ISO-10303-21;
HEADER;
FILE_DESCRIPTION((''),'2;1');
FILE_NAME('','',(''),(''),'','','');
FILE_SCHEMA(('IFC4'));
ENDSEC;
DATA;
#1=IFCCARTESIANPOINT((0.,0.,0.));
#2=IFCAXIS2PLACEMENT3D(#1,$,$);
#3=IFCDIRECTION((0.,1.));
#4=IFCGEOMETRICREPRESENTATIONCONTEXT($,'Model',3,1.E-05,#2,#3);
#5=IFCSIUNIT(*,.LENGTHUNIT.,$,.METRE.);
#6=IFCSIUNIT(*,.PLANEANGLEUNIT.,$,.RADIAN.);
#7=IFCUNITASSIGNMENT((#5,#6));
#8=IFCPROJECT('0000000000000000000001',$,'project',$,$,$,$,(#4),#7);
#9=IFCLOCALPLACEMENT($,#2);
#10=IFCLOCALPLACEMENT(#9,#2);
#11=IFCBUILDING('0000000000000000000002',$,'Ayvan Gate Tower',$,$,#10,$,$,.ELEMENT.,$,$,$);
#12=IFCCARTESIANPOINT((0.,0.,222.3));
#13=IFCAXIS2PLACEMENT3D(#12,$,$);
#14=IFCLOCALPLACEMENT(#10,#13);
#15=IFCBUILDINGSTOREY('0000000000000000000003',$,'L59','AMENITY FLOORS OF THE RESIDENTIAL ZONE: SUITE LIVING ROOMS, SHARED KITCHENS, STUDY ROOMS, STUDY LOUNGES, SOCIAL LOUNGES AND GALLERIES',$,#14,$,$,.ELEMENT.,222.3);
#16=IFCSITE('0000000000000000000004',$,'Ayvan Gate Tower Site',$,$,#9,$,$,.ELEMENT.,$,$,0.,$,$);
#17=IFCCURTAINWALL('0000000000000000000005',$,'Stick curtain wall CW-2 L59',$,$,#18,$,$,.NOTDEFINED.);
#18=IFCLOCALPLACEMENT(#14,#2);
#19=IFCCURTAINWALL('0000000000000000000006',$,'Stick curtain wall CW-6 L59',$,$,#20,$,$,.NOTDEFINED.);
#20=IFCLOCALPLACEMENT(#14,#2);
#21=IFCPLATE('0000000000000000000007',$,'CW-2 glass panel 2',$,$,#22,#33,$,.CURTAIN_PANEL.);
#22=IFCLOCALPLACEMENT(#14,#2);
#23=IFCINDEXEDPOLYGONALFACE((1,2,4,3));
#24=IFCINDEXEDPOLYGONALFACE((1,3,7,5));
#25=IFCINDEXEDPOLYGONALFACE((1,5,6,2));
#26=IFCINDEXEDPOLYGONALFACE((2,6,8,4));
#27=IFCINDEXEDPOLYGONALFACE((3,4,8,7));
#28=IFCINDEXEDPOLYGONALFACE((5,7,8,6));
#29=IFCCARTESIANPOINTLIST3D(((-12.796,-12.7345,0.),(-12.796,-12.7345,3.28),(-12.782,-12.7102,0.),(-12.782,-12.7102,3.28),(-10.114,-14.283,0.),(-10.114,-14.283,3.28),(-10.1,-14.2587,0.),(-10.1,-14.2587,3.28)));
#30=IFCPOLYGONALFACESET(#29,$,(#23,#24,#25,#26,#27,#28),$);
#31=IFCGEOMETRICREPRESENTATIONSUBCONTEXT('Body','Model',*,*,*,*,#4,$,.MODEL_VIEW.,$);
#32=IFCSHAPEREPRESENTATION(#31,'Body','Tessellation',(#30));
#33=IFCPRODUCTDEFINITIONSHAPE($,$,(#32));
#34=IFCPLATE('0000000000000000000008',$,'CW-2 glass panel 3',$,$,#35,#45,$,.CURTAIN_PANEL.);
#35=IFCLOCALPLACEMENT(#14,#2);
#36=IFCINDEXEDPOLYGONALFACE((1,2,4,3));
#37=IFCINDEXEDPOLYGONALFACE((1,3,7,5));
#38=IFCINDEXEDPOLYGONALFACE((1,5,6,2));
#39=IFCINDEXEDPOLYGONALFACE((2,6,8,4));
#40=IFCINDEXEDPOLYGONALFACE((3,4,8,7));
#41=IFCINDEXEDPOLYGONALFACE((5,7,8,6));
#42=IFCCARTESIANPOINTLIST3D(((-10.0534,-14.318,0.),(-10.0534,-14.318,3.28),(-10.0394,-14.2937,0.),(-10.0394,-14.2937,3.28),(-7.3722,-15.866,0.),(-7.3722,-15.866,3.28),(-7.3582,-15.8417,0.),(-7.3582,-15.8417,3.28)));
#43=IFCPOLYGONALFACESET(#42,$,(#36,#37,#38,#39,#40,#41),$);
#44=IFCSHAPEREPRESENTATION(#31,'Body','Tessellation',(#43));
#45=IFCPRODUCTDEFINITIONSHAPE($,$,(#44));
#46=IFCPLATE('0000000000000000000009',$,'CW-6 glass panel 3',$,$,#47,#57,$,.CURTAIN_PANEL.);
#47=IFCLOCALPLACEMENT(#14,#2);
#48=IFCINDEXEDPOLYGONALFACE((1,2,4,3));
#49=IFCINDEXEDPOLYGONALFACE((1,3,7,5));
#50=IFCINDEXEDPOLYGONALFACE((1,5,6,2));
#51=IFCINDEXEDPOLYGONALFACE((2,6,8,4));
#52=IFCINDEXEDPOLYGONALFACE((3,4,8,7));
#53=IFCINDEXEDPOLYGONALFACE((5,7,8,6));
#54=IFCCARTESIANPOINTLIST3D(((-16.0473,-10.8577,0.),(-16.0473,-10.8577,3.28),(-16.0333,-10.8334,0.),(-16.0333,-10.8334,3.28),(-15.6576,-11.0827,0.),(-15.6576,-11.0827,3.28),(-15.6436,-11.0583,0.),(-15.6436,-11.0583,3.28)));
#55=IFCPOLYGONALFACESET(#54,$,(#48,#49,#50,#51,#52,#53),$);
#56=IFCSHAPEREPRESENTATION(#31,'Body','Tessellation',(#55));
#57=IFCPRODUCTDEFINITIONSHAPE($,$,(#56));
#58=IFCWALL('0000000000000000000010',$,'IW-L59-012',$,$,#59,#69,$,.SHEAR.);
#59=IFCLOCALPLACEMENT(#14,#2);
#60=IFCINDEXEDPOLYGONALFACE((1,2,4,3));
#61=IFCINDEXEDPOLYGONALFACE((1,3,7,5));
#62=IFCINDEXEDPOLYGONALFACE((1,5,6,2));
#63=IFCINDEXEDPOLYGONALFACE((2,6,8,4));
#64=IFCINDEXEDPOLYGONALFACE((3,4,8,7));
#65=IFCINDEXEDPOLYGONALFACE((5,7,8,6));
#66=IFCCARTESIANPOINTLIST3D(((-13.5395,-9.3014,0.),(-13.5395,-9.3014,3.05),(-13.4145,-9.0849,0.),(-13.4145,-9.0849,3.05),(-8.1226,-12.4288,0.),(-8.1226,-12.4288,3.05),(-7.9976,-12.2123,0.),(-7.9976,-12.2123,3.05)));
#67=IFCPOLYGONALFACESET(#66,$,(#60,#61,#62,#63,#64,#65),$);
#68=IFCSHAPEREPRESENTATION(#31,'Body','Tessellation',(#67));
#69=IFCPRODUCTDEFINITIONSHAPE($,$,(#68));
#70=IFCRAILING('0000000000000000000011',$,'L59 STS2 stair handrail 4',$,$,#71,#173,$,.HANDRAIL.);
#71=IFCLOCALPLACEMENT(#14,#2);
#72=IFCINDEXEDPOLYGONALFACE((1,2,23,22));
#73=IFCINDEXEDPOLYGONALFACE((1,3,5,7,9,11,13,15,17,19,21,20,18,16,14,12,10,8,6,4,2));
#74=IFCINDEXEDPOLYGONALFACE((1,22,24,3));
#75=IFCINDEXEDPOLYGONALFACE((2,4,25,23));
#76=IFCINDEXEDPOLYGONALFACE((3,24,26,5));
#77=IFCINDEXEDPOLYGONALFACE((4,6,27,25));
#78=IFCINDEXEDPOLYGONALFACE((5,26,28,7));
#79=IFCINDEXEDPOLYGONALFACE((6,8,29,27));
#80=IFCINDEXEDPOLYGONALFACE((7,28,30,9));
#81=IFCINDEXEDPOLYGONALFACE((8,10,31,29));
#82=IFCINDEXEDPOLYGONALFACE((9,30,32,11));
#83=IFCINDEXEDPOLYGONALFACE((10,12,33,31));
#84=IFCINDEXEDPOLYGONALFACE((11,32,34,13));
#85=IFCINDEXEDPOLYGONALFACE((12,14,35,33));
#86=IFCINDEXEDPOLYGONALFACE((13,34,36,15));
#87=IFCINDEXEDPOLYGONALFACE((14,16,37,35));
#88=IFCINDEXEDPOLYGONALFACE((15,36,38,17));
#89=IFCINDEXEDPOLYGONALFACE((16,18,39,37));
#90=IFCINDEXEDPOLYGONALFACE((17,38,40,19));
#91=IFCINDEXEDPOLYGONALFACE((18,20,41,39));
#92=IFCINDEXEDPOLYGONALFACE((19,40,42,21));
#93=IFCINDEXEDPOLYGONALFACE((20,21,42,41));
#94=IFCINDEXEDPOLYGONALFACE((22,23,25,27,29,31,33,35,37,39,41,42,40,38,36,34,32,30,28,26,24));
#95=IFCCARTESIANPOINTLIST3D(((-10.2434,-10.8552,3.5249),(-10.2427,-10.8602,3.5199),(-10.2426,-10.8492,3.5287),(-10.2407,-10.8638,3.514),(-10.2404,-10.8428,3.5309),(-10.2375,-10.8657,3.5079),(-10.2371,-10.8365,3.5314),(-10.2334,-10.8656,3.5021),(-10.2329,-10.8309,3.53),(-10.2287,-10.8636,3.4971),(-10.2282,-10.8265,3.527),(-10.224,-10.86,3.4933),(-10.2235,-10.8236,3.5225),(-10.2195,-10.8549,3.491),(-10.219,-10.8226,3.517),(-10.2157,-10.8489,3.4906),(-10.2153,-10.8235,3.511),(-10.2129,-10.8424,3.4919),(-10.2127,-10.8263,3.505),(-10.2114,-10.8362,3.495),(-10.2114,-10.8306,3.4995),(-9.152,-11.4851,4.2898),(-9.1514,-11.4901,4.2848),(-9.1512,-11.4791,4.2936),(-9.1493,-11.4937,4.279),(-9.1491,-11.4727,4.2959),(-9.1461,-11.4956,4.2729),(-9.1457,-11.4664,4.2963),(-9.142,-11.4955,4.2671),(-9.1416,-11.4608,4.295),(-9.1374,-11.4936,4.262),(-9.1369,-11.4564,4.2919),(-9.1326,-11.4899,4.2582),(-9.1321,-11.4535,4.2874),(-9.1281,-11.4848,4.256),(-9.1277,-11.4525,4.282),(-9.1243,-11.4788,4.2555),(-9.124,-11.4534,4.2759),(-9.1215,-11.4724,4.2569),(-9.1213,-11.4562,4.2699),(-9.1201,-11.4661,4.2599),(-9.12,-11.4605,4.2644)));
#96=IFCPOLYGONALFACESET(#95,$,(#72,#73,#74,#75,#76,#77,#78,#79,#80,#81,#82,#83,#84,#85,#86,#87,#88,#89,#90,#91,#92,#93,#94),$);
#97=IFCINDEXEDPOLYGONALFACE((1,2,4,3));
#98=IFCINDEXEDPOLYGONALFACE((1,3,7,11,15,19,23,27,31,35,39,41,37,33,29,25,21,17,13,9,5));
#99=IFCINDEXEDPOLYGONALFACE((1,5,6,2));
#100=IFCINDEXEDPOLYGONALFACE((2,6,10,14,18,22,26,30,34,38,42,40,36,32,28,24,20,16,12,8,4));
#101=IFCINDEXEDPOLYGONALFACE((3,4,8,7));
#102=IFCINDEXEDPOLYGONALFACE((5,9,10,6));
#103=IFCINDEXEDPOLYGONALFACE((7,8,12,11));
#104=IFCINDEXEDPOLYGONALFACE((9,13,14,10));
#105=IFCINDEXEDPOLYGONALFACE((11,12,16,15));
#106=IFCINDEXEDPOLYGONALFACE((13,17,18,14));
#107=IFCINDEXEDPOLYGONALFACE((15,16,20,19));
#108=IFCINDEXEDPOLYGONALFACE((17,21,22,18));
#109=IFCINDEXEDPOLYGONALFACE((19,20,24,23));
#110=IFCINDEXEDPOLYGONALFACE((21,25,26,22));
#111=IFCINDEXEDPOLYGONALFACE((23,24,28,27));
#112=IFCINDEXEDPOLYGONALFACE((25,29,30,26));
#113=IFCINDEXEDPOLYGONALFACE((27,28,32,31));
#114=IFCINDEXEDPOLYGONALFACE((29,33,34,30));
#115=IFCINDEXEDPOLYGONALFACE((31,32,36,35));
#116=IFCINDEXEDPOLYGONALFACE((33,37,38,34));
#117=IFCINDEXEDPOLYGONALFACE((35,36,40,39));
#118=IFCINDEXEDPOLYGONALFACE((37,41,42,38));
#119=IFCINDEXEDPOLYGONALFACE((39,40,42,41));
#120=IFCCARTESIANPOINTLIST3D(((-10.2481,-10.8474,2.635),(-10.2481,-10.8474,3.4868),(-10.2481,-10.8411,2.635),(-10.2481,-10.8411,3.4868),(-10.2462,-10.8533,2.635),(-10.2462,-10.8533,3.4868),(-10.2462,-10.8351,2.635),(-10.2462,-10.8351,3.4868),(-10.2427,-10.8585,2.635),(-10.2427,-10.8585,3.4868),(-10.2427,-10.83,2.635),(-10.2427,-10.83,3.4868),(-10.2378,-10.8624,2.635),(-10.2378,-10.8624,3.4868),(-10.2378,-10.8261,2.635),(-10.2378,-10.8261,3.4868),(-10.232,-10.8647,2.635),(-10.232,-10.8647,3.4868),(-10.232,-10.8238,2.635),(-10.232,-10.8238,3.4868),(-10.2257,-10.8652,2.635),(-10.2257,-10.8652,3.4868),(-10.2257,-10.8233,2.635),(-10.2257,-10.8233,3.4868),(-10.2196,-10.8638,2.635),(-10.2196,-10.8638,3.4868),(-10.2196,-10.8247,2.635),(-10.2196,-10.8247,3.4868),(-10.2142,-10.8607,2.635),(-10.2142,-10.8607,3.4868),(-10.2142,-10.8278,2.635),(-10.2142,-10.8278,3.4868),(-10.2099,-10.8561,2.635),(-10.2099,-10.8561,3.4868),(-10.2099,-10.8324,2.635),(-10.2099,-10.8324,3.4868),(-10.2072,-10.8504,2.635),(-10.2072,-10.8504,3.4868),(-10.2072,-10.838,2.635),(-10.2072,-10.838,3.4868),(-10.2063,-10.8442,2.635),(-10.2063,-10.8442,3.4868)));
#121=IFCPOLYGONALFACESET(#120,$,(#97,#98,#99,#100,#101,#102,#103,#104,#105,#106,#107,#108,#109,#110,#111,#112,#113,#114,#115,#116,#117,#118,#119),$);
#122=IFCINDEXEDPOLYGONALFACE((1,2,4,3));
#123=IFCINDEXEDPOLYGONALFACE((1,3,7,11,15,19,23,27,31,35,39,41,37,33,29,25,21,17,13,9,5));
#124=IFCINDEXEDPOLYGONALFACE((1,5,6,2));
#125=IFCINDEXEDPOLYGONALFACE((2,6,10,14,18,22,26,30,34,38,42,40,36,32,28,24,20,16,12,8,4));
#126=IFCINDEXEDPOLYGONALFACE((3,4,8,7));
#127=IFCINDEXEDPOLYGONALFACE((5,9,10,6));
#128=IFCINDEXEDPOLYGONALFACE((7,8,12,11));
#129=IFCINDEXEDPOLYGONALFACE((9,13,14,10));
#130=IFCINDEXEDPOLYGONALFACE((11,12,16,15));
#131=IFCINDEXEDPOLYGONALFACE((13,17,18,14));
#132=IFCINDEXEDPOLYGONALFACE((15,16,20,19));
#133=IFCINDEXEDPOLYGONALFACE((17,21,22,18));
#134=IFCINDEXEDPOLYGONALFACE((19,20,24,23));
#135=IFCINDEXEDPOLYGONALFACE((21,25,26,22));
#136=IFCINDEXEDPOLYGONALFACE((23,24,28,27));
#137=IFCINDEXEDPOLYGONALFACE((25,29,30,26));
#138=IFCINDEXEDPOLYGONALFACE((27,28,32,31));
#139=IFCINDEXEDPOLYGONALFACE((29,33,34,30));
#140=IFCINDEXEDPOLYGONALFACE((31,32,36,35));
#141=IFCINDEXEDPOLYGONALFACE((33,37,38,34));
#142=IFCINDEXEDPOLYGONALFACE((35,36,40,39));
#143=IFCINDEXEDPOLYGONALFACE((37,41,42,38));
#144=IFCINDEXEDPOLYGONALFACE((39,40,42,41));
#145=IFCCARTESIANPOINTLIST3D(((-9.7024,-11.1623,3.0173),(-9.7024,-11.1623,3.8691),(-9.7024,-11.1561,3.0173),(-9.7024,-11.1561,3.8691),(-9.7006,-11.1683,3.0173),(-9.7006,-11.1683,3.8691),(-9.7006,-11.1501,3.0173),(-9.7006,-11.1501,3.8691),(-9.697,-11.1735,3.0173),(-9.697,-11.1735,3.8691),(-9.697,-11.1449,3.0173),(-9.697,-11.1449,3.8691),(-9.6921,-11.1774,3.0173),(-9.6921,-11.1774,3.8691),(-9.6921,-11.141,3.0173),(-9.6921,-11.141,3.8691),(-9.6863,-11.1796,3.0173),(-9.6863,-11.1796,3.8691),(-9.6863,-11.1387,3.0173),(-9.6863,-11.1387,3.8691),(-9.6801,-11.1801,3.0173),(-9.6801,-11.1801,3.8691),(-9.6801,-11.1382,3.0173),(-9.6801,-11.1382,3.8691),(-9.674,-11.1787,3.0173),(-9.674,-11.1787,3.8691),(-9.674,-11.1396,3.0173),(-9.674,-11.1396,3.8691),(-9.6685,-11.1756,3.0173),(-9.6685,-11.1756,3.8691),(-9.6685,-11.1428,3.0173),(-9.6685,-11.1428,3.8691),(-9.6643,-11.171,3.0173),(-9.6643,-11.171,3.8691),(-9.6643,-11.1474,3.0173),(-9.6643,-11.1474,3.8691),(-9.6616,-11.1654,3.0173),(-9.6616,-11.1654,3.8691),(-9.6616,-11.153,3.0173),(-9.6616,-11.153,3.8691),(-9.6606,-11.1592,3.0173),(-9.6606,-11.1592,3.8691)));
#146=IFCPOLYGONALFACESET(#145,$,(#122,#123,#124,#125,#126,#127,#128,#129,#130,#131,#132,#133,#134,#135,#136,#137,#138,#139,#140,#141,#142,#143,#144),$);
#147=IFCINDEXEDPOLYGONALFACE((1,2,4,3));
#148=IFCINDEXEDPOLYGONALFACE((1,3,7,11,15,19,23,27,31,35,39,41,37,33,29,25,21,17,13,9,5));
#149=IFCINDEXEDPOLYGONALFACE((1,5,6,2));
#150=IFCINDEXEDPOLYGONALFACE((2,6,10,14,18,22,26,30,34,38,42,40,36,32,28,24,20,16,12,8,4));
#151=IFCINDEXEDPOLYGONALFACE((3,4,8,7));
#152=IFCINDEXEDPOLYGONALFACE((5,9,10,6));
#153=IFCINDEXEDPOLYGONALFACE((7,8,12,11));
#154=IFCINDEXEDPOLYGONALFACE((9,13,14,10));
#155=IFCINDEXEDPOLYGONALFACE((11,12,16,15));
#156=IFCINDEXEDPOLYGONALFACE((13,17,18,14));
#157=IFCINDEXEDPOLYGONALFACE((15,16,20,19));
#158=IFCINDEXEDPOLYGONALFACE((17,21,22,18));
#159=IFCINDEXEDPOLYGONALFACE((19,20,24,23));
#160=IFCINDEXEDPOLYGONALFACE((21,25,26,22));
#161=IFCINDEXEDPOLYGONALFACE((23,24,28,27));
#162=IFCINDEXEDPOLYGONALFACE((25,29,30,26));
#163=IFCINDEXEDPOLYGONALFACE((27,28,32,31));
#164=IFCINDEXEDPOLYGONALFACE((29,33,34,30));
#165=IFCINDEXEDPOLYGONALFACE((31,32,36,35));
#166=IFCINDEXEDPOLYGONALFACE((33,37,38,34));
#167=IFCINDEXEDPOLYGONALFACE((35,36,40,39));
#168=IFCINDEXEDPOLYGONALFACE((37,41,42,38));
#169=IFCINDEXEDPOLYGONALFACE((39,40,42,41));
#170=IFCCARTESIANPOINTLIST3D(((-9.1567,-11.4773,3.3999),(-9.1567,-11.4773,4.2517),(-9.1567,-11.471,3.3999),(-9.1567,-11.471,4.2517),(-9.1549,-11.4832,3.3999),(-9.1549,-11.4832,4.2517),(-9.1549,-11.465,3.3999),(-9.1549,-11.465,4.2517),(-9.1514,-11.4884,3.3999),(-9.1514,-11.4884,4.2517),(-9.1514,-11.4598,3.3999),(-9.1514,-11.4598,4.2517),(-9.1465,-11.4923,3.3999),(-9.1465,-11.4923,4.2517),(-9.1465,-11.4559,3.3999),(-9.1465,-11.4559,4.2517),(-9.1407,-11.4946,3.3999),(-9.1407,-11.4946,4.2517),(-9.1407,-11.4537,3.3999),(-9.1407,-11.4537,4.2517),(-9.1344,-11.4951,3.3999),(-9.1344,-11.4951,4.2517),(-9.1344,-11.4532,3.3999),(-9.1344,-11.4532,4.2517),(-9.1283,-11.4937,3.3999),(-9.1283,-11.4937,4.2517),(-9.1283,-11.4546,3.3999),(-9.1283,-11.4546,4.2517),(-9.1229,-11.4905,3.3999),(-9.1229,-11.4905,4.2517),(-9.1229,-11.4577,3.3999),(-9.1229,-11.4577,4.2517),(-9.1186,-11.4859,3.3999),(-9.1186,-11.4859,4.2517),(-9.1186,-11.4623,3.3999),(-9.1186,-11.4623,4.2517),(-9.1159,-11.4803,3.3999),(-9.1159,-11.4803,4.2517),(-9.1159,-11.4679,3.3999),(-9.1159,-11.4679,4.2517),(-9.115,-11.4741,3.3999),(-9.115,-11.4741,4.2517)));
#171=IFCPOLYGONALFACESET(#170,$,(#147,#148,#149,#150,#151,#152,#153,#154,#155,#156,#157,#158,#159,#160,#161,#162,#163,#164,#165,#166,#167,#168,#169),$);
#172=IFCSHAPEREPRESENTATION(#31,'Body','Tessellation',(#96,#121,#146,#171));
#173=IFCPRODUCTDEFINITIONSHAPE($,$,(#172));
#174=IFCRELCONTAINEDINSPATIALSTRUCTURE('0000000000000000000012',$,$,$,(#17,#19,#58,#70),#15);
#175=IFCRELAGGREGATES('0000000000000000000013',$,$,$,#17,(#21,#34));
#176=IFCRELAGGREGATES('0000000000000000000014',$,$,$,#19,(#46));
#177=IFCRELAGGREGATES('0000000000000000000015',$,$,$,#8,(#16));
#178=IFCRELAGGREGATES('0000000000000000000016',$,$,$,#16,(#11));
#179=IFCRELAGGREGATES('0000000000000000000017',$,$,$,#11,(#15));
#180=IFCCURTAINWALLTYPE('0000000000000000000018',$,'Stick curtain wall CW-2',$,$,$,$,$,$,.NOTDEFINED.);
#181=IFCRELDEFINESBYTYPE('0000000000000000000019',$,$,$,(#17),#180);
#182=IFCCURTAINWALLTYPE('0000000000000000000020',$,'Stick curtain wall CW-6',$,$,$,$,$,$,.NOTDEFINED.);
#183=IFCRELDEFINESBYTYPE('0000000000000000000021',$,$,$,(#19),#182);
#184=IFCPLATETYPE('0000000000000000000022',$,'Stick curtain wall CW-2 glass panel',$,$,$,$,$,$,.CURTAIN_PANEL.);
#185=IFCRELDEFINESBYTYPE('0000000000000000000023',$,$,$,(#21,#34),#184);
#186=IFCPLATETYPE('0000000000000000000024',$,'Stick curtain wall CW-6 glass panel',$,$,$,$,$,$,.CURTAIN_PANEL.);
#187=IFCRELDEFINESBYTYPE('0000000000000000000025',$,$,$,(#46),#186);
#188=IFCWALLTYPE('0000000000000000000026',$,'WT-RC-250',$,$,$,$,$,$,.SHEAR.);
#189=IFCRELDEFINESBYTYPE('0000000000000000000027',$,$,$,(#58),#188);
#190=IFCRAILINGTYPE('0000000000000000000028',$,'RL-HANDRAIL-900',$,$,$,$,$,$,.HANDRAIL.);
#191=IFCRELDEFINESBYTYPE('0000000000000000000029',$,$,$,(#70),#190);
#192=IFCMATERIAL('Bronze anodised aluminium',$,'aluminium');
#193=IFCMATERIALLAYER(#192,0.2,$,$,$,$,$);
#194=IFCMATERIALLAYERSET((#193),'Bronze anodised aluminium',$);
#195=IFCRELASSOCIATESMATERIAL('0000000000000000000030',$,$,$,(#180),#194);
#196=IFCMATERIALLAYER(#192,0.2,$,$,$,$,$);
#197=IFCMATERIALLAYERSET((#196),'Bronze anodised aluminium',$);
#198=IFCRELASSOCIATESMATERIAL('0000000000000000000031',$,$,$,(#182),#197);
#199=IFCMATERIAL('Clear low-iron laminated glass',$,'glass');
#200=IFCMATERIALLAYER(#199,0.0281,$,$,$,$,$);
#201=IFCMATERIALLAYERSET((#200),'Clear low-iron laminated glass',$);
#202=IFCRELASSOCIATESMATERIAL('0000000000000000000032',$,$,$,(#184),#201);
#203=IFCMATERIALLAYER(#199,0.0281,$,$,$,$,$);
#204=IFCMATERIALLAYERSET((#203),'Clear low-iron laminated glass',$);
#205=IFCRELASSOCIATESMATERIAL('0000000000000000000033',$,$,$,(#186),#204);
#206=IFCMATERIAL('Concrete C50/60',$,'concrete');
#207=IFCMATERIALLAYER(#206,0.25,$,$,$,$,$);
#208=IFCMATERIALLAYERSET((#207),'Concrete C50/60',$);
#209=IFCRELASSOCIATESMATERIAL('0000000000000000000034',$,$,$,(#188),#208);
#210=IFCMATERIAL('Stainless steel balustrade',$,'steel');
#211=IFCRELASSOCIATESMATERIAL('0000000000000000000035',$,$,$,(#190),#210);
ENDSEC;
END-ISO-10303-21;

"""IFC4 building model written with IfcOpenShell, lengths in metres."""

from ifc_helpers import new_model, si_unit, direction, frame, frame_2d, origin, origin_2d, place, context, subcontext, project, spatial, rectangle, circle, extrude, material, layer, layer_set, type_object, element, aggregate, save


model = new_model("IFC4")

# Units and contexts
model_context = context("Model", 3, precision=1e-05, world=origin(), true_north=direction((0.0, 1.0)))
body_context = subcontext(model_context, "Body", "Model", "MODEL_VIEW")
ifc_project = project(units=[si_unit("LENGTHUNIT", "METRE"), si_unit("PLANEANGLEUNIT", "RADIAN")], contexts=[model_context])

# Site, building, storey
site_placement = place(None, origin())
site = spatial("IfcSite", under=ifc_project, at=site_placement, Name="Ayvan Gate Tower Site", CompositionType="ELEMENT", RefElevation=0.0)
building_placement = place(site_placement, origin())
building = spatial("IfcBuilding", under=site, at=building_placement, Name="Ayvan Gate Tower", CompositionType="ELEMENT")
storey_placement = place(building_placement, frame((0.0, 0.0, 222.3)))
storey = spatial("IfcBuildingStorey", under=building, at=storey_placement, Name="L59", Description="AMENITY FLOORS OF THE RESIDENTIAL ZONE: SUITE LIVING ROOMS, SHARED KITCHENS, STUDY ROOMS, STUDY LOUNGES, SOCIAL LOUNGES AND GALLERIES", CompositionType="ELEMENT", Elevation=222.3)

# Shared definitions
ifc_material_1 = material(Name="Concrete C50/60", Category="concrete")

# Curtain walls
ifc_material_2 = material(Name="Bronze anodised aluminium", Category="aluminium")
ifc_layer_1 = layer(ifc_material_2, 0.2)
ifc_layer_set_1 = layer_set([ifc_layer_1], Name="Bronze anodised aluminium")
curtain_wall_type_1 = type_object("IfcCurtainWallType", Name="Stick curtain wall CW-2", PredefinedType="NOTDEFINED", material=ifc_layer_set_1)
curtain_wall_1_placement = place(storey_placement, origin())
curtain_wall_1 = element("IfcCurtainWall", 1, at=curtain_wall_1_placement, inside=storey, type_object=curtain_wall_type_1, Name="Stick curtain wall CW-2 L59", PredefinedType="NOTDEFINED")
ifc_layer_2 = layer(ifc_material_2, 0.2)
ifc_layer_set_2 = layer_set([ifc_layer_2], Name="Bronze anodised aluminium")
curtain_wall_type_2 = type_object("IfcCurtainWallType", Name="Stick curtain wall CW-6", PredefinedType="NOTDEFINED", material=ifc_layer_set_2)
curtain_wall_2_placement = place(storey_placement, origin())
curtain_wall_2 = element("IfcCurtainWall", 2, at=curtain_wall_2_placement, inside=storey, type_object=curtain_wall_type_2, Name="Stick curtain wall CW-6 L59", PredefinedType="NOTDEFINED")

# Plates
ifc_material_3 = material(Name="Clear low-iron laminated glass", Category="glass")
ifc_layer_3 = layer(ifc_material_3, 0.0281)
ifc_layer_set_3 = layer_set([ifc_layer_3], Name="Clear low-iron laminated glass")
plate_type_1 = type_object("IfcPlateType", Name="Stick curtain wall CW-2 glass panel", PredefinedType="CURTAIN_PANEL", material=ifc_layer_set_3)
plate_1_placement = place(storey_placement, frame((-11.448, -13.4966, 0.0), z_axis=(0.0, 0.0, 1.0), x_axis=(0.866025, -0.5, 0.0)))
plate_1 = element("IfcPlate", 3, at=plate_1_placement, type_object=plate_type_1, Name="CW-2 glass panel 2", PredefinedType="CURTAIN_PANEL", context=body_context, shape_type="SweptSolid", body=[
    extrude(rectangle(XDim=3.0969, YDim=0.0281, at=origin_2d()), origin(), (0.0, 0.0, 1.0), 3.28),
])
plate_2_placement = place(storey_placement, frame((-8.7058, -15.0798, 0.0), z_axis=(0.0, 0.0, 1.0), x_axis=(0.866025, -0.5, 0.0)))
plate_2 = element("IfcPlate", 4, at=plate_2_placement, type_object=plate_type_1, Name="CW-2 glass panel 3", PredefinedType="CURTAIN_PANEL", context=body_context, shape_type="SweptSolid", body=[
    extrude(rectangle(XDim=3.0959, YDim=0.0281, at=origin_2d()), origin(), (0.0, 0.0, 1.0), 3.28),
])
aggregate(curtain_wall_1, [plate_1, plate_2])
ifc_layer_4 = layer(ifc_material_3, 0.0281)
ifc_layer_set_4 = layer_set([ifc_layer_4], Name="Clear low-iron laminated glass")
plate_type_2 = type_object("IfcPlateType", Name="Stick curtain wall CW-6 glass panel", PredefinedType="CURTAIN_PANEL", material=ifc_layer_set_4)
plate_3_placement = place(storey_placement, frame((-15.8455, -10.958, 0.0), z_axis=(0.0, 0.0, 1.0), x_axis=(0.866025, -0.5, 0.0)))
plate_3 = element("IfcPlate", 5, at=plate_3_placement, type_object=plate_type_2, Name="CW-6 glass panel 3", PredefinedType="CURTAIN_PANEL", context=body_context, shape_type="SweptSolid", body=[
    extrude(rectangle(XDim=0.45, YDim=0.0281, at=origin_2d()), origin(), (0.0, 0.0, 1.0), 3.28),
])
aggregate(curtain_wall_2, [plate_3])

# Wall
ifc_layer_5 = layer(ifc_material_1, 0.25)
ifc_layer_set_5 = layer_set([ifc_layer_5], Name="Concrete C50/60")
wall_type_1 = type_object("IfcWallType", Name="WT-RC-250", PredefinedType="SHEAR", material=ifc_layer_set_5)
wall_1_placement = place(storey_placement, frame((-8.0601, -12.3206, 0.0), z_axis=(0.0, 0.0, 1.0), x_axis=(-0.86603, 0.499993, 0.0)))
element("IfcWall", 6, at=wall_1_placement, inside=storey, type_object=wall_type_1, Name="IW-L59-012", PredefinedType="SHEAR", context=body_context, shape_type="SweptSolid", body=[
    extrude(rectangle(XDim=6.2549, YDim=0.25, at=frame_2d((3.1274, 0.0))), origin(), (0.0, 0.0, 1.0), 3.05),
])

# Railing
ifc_material_4 = material(Name="Stainless steel balustrade", Category="steel")
railing_type = type_object("IfcRailingType", Name="RL-HANDRAIL-900", PredefinedType="HANDRAIL", material=ifc_material_4)
railing_placement = place(storey_placement, frame((-10.2273, -10.8442, 2.635)))
element("IfcRailing", 7, at=railing_placement, inside=storey, type_object=railing_type, Name="L59 STS2 stair handrail 4", PredefinedType="HANDRAIL", context=body_context, shape_type="SweptSolid", body=[
    extrude(circle(Radius=0.0239, at=origin_2d()), frame((0.0, 0.0, 0.876), z_axis=(0.740357, -0.42732, 0.518912), x_axis=(0.49989, 0.866089, 0.0)), (0.0, 0.0, 1.0), 1.4741),
    extrude(circle(Radius=0.021, at=origin_2d()), origin(), (0.0, 0.0, 1.0), 0.8518),
    extrude(circle(Radius=0.021, at=origin_2d()), frame((0.5457, -0.3149, 0.3823)), (0.0, 0.0, 1.0), 0.8518),
    extrude(circle(Radius=0.021, at=origin_2d()), frame((1.0913, -0.6299, 0.7649)), (0.0, 0.0, 1.0), 0.8518),
])

save(model, "model.ifc")
